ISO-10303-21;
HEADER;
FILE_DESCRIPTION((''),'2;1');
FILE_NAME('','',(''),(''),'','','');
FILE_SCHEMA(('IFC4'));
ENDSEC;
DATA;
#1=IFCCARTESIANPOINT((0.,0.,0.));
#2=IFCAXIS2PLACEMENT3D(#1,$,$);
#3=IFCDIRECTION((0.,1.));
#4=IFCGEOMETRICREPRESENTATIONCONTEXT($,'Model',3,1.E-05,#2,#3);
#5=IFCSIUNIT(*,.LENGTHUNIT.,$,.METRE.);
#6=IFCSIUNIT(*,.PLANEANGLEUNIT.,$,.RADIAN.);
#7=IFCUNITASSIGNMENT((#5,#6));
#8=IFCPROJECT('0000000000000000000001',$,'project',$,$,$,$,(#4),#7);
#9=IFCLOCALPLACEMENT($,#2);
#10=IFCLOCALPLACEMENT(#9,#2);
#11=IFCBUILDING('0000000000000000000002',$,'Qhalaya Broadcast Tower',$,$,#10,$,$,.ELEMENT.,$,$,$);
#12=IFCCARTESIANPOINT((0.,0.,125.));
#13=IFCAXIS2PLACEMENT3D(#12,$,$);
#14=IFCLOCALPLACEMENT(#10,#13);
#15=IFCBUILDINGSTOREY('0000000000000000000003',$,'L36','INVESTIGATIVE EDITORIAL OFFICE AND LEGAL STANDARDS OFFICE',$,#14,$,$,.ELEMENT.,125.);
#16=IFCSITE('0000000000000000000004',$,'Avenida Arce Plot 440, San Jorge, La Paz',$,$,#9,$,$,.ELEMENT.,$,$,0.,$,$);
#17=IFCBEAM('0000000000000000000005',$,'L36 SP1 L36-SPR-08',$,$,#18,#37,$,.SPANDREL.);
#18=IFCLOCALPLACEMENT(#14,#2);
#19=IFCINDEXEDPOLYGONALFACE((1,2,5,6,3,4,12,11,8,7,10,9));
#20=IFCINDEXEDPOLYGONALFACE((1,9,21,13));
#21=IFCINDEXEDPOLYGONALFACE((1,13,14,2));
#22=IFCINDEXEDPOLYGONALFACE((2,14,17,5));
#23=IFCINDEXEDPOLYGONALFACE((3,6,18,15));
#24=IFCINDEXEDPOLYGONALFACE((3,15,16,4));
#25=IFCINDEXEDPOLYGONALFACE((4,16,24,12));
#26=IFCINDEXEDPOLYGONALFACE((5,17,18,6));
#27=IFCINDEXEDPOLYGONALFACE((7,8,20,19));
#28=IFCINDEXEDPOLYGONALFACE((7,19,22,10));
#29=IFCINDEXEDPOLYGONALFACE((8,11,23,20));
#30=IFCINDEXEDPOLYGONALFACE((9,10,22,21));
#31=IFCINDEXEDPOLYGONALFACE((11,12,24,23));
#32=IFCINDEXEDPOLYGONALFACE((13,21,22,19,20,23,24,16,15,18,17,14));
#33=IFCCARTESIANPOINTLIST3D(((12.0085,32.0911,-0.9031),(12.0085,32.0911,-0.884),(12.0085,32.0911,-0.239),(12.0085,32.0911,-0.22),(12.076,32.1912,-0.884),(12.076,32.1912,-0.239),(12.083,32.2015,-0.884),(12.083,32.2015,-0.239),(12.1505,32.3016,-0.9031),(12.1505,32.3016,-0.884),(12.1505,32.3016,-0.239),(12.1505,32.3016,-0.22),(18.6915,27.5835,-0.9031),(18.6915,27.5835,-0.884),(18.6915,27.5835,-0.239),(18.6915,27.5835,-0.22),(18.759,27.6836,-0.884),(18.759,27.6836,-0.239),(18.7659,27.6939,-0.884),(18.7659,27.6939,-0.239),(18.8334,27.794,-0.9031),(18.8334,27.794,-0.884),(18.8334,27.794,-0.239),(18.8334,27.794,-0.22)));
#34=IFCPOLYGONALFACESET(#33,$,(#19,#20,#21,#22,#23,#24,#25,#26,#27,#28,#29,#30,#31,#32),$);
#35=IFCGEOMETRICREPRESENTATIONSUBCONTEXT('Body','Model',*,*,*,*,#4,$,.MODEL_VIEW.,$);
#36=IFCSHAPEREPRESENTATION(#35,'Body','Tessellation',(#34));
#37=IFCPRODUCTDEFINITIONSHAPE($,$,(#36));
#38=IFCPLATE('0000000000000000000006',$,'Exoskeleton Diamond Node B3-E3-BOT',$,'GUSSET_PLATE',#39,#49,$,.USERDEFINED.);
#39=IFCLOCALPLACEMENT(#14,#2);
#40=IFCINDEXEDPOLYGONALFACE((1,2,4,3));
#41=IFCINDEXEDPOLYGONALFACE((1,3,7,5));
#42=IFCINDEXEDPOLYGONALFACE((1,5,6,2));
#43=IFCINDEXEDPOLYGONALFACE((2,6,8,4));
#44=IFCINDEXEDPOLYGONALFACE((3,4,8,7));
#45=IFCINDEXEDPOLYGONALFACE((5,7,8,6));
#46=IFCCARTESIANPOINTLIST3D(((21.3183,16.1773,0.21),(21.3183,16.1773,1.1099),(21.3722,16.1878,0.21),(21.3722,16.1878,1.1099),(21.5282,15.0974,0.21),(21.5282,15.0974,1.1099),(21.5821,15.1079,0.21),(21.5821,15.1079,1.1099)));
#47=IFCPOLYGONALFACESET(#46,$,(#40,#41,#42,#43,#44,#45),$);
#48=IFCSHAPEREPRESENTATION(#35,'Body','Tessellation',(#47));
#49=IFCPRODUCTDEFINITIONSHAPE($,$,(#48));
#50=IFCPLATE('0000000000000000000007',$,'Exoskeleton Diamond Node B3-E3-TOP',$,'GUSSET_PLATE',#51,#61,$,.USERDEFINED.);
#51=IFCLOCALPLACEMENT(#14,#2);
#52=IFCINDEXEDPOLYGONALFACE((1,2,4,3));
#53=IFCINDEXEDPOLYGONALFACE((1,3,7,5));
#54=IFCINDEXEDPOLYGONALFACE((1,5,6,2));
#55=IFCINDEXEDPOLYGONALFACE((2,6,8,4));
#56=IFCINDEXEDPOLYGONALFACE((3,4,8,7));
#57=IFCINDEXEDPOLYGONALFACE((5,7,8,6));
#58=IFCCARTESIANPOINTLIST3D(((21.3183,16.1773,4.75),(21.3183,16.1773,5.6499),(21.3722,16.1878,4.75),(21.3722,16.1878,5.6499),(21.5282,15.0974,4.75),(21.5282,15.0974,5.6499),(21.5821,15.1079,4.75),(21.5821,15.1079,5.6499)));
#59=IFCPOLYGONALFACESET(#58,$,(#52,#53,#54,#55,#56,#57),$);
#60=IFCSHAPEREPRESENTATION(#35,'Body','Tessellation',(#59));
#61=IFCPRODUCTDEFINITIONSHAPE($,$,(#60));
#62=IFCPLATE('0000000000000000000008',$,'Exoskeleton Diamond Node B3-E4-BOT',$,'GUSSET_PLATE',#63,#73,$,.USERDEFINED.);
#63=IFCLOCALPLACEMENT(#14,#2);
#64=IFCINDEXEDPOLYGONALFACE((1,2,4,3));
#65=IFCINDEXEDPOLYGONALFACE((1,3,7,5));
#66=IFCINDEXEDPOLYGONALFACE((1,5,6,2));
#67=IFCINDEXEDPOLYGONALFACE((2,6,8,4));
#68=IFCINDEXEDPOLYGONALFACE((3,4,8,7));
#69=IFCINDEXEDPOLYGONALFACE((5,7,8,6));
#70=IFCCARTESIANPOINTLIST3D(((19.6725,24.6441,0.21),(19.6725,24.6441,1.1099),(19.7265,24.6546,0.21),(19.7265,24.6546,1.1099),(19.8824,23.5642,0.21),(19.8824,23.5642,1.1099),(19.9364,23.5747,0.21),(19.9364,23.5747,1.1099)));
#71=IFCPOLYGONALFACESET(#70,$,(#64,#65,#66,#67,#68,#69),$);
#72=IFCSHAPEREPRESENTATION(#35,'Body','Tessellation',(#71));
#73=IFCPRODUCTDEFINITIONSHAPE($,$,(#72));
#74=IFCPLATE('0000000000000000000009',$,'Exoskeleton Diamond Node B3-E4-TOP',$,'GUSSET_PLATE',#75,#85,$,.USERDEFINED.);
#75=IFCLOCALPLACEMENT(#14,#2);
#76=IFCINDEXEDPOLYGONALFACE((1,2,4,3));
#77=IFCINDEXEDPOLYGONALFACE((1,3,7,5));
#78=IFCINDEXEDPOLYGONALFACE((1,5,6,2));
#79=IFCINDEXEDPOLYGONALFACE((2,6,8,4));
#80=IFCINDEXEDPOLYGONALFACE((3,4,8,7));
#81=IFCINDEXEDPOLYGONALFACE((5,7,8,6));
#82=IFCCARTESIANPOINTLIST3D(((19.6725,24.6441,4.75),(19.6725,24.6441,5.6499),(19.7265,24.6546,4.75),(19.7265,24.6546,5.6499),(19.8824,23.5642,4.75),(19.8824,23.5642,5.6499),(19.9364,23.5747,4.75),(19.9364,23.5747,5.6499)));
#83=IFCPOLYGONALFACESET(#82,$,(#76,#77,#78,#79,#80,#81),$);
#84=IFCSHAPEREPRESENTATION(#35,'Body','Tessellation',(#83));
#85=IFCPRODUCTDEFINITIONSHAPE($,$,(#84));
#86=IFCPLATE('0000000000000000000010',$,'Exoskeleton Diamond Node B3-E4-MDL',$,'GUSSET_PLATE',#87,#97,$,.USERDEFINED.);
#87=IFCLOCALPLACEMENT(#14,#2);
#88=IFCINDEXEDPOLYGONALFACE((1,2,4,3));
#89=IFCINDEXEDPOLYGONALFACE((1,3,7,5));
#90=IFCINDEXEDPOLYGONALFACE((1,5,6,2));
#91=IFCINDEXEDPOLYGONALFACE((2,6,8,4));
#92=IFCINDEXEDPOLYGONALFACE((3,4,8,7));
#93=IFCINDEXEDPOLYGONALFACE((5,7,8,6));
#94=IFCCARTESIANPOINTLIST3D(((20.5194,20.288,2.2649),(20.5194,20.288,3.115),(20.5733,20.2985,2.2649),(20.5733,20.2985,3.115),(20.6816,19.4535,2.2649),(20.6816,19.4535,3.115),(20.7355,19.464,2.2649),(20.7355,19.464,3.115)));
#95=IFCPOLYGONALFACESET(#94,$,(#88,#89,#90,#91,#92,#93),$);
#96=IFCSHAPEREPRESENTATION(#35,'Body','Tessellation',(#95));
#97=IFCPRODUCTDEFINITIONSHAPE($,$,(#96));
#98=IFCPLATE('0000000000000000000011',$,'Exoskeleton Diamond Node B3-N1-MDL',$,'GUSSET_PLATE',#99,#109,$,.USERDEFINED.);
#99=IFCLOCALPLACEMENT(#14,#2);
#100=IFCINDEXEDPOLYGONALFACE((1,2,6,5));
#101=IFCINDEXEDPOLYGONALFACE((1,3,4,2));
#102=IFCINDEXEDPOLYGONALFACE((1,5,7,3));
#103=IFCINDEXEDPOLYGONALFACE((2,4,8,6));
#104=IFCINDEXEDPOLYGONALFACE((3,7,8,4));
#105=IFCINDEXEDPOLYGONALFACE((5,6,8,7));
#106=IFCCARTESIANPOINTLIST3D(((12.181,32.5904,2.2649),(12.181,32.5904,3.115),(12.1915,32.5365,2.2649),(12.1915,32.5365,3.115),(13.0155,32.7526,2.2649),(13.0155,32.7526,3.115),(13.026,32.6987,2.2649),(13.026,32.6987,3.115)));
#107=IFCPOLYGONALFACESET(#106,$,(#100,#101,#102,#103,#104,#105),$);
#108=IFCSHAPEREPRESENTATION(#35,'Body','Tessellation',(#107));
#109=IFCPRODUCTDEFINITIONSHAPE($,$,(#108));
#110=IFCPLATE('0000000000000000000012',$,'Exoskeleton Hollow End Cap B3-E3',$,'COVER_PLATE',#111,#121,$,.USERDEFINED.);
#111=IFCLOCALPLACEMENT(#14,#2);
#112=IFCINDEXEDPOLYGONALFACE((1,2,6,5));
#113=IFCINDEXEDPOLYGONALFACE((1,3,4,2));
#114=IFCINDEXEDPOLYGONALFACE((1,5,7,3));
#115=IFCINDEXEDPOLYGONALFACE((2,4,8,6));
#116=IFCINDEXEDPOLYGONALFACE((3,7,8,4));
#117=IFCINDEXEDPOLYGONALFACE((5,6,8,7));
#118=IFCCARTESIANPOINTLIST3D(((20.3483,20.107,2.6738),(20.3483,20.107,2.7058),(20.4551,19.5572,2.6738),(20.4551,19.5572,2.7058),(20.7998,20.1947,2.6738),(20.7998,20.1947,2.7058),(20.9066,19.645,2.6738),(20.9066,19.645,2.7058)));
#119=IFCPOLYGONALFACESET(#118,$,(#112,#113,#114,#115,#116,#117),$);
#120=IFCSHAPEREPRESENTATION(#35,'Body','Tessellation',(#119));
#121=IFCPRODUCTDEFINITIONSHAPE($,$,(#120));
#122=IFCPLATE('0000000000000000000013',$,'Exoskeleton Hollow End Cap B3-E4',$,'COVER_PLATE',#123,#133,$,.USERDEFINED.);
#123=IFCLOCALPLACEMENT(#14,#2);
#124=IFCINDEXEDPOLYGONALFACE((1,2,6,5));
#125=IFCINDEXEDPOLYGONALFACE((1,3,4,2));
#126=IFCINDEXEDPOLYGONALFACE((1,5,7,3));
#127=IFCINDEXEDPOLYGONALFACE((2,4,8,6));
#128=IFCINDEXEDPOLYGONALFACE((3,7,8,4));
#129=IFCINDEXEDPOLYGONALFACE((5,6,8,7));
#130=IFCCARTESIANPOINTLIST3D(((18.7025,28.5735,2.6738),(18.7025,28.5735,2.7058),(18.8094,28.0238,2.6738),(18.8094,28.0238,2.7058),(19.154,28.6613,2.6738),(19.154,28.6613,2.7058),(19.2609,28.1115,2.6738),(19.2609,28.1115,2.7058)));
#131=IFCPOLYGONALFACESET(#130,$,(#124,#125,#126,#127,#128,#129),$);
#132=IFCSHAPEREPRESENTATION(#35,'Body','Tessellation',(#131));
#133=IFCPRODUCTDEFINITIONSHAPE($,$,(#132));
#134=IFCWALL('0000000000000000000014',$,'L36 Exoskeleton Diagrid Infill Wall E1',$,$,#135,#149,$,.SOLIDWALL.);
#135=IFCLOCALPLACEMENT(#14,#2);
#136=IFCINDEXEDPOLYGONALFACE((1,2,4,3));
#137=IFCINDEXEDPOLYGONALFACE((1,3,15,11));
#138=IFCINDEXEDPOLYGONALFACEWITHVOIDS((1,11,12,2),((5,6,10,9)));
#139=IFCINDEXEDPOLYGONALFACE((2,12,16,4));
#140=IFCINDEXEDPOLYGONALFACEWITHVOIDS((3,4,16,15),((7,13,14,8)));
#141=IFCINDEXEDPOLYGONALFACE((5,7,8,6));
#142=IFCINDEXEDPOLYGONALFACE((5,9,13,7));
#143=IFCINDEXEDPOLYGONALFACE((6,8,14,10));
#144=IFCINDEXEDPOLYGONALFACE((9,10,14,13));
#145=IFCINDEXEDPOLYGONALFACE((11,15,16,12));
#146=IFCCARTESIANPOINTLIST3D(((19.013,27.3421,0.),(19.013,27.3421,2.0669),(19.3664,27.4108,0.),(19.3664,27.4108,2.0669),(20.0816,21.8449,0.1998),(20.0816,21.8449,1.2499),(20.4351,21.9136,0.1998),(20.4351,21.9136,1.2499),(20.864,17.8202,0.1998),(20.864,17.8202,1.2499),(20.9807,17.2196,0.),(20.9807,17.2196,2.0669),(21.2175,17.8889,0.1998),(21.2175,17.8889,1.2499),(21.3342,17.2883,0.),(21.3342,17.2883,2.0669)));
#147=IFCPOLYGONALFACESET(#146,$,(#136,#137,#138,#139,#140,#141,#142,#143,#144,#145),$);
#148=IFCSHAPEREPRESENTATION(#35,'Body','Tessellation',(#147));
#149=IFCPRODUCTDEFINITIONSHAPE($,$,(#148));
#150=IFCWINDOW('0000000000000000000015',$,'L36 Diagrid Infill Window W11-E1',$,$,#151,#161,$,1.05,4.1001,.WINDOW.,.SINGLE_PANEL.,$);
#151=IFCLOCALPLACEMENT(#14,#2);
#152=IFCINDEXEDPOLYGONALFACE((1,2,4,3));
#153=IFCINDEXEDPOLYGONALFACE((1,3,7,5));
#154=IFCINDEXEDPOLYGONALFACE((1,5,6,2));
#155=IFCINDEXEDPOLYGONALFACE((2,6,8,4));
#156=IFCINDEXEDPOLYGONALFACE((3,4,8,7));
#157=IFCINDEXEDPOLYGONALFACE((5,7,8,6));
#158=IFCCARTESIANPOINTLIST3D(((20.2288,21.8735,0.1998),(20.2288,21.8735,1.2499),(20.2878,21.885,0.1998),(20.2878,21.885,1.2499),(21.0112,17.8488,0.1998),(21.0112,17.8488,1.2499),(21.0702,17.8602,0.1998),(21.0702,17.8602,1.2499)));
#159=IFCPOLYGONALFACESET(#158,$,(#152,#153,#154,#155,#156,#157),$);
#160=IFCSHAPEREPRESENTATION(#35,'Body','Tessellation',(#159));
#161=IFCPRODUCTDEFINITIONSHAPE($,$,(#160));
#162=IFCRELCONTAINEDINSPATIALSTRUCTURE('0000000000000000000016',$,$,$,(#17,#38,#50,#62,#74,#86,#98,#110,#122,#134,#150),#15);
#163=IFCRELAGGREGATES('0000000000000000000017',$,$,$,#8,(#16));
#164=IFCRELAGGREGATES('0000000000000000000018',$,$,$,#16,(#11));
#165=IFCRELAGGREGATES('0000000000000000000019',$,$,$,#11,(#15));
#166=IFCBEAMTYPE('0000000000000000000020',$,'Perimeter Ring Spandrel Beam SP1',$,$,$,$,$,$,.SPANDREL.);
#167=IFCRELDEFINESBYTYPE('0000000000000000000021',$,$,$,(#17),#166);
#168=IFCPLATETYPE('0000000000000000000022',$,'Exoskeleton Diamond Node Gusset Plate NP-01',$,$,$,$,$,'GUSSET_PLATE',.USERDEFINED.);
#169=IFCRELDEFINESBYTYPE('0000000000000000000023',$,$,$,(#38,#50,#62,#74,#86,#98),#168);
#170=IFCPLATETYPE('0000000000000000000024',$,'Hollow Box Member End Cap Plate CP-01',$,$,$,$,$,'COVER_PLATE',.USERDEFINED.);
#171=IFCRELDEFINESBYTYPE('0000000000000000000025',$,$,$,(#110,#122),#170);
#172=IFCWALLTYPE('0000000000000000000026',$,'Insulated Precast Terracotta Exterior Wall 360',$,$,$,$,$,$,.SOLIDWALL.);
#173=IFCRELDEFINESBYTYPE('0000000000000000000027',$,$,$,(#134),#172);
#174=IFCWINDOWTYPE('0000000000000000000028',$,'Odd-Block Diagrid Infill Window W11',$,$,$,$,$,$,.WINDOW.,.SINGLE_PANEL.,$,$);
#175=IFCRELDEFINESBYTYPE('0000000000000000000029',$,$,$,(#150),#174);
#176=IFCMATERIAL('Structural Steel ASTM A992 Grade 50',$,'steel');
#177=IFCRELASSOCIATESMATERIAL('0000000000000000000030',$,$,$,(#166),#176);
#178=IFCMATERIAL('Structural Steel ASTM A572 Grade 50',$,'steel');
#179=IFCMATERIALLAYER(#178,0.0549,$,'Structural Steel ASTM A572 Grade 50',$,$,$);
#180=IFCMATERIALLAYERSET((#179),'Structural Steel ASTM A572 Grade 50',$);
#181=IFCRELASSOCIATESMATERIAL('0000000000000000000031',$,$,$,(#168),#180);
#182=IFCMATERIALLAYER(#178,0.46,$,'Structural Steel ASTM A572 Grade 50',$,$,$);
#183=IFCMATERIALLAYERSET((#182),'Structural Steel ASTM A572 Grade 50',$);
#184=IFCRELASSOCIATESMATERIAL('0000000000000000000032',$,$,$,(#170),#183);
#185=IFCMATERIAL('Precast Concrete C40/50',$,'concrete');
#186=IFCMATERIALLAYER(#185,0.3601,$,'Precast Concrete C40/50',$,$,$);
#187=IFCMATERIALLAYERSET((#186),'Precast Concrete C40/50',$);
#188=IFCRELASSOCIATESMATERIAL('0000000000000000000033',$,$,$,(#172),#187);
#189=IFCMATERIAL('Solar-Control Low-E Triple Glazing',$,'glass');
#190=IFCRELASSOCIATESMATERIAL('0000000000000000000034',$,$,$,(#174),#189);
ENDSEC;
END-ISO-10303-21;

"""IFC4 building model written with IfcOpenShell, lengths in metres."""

from ifc_helpers import new_model, si_unit, direction, frame, frame_2d, origin, origin_2d, place, context, subcontext, project, spatial, rectangle, i_section, extrude, material, layer, layer_set, material_profile, profile_set, type_object, element, fill, save


model = new_model("IFC4")

# Units and contexts
model_context = context("Model", 3, precision=1e-05, world=origin(), true_north=direction((0.0, 1.0)))
body_context = subcontext(model_context, "Body", "Model", "MODEL_VIEW")
ifc_project = project(units=[si_unit("LENGTHUNIT", "METRE"), si_unit("PLANEANGLEUNIT", "RADIAN")], contexts=[model_context])

# Site, building, storey
site_placement = place(None, origin())
site = spatial("IfcSite", under=ifc_project, at=site_placement, Name="Avenida Arce Plot 440, San Jorge, La Paz", CompositionType="ELEMENT", RefElevation=0.0)
building_placement = place(site_placement, origin())
building = spatial("IfcBuilding", under=site, at=building_placement, Name="Qhalaya Broadcast Tower", CompositionType="ELEMENT")
storey_placement = place(building_placement, frame((0.0, 0.0, 125.0)))
storey = spatial("IfcBuildingStorey", under=building, at=storey_placement, Name="L36", Description="INVESTIGATIVE EDITORIAL OFFICE AND LEGAL STANDARDS OFFICE", CompositionType="ELEMENT", Elevation=125.0)

# Shared definitions
ifc_material_1 = material(Name="Structural Steel ASTM A572 Grade 50", Category="steel")

# Beam
ifc_material_2 = material(Name="Structural Steel ASTM A992 Grade 50", Category="steel")
ifc_material_profile_1 = material_profile(ifc_material_2, i_section(OverallWidth=0.2539, OverallDepth=0.6831, WebThickness=0.0125, FlangeThickness=0.019, at=origin_2d()), Name="W27X94")
ifc_profile_set_1 = profile_set([ifc_material_profile_1], Name="Structural Steel ASTM A992 Grade 50")
beam_type = type_object("IfcBeamType", Name="Perimeter Ring Spandrel Beam SP1", PredefinedType="SPANDREL", material=ifc_profile_set_1)
beam_1_placement = place(storey_placement, frame((18.7625, 27.6887, -0.5615), z_axis=(-0.829042, 0.559186, 0.0), x_axis=(-0.559186, -0.829042, 0.0)))
element("IfcBeam", 1, at=beam_1_placement, inside=storey, type_object=beam_type, Name="L36 SP1 L36-SPR-08", PredefinedType="SPANDREL", context=body_context, shape_type="SweptSolid", body=[
    extrude(i_section(OverallWidth=0.2539, OverallDepth=0.6831, WebThickness=0.0125, FlangeThickness=0.019, at=origin_2d()), origin(), (0.0, 0.0, 1.0), 8.061),
])

# Plates
ifc_layer_1 = layer(ifc_material_1, 0.0549, Name="Structural Steel ASTM A572 Grade 50")
ifc_layer_set_1 = layer_set([ifc_layer_1], Name="Structural Steel ASTM A572 Grade 50")
plate_type_1 = type_object("IfcPlateType", Name="Exoskeleton Diamond Node Gusset Plate NP-01", ElementType="GUSSET_PLATE", PredefinedType="USERDEFINED", material=ifc_layer_set_1)
for number, where, z_axis, x_axis, name in (
    (2, (21.4502, 15.6426, 0.21), (0.0, 0.0, 1.0), (-0.190809, 0.981627, 0.0), "Exoskeleton Diamond Node B3-E3-BOT"),
    (3, (21.4502, 15.6426, 4.75), (0.0, 0.0, 1.0), (-0.190809, 0.981627, 0.0), "Exoskeleton Diamond Node B3-E3-TOP"),
    (4, (19.8044, 24.1094, 0.21), (0.0, 0.0, 1.0), (-0.190809, 0.981627, 0.0), "Exoskeleton Diamond Node B3-E4-BOT"),
    (5, (19.8044, 24.1094, 4.75), (0.0, 0.0, 1.0), (-0.190809, 0.981627, 0.0), "Exoskeleton Diamond Node B3-E4-TOP"),
):
    element("IfcPlate", number, at=place(storey_placement, frame(where, z_axis=z_axis, x_axis=x_axis)), inside=storey, type_object=plate_type_1, Name=name, ObjectType="GUSSET_PLATE", PredefinedType="USERDEFINED", context=body_context, shape_type="SweptSolid", body=[
        extrude(rectangle(XDim=1.1001, YDim=0.0549, at=origin_2d()), origin(), (0.0, 0.0, 1.0), 0.8999),
    ])
for number, where, z_axis, x_axis, name in (
    (6, (20.6274, 19.876, 2.2649), (0.0, 0.0, 1.0), (-0.190809, 0.981627, 0.0), "Exoskeleton Diamond Node B3-E4-MDL"),
    (7, (12.6035, 32.6445, 2.2649), (0.0, 0.0, 1.0), (0.981627, 0.190809, 0.0), "Exoskeleton Diamond Node B3-N1-MDL"),
):
    element("IfcPlate", number, at=place(storey_placement, frame(where, z_axis=z_axis, x_axis=x_axis)), inside=storey, type_object=plate_type_1, Name=name, ObjectType="GUSSET_PLATE", PredefinedType="USERDEFINED", context=body_context, shape_type="SweptSolid", body=[
        extrude(rectangle(XDim=0.8501, YDim=0.0549, at=origin_2d()), origin(), (0.0, 0.0, 1.0), 0.8501),
    ])
ifc_layer_2 = layer(ifc_material_1, 0.46, Name="Structural Steel ASTM A572 Grade 50")
ifc_layer_set_2 = layer_set([ifc_layer_2], Name="Structural Steel ASTM A572 Grade 50")
plate_type_2 = type_object("IfcPlateType", Name="Hollow Box Member End Cap Plate CP-01", ElementType="COVER_PLATE", PredefinedType="USERDEFINED", material=ifc_layer_set_2)
for number, where, z_axis, x_axis, name in (
    (8, (20.6274, 19.876, 2.6738), (0.0, 0.0, 1.0), (-0.190809, 0.981627, 0.0), "Exoskeleton Hollow End Cap B3-E3"),
    (9, (18.9817, 28.3425, 2.6738), (0.0, 0.0, 1.0), (-0.190809, 0.981627, 0.0), "Exoskeleton Hollow End Cap B3-E4"),
):
    element("IfcPlate", number, at=place(storey_placement, frame(where, z_axis=z_axis, x_axis=x_axis)), inside=storey, type_object=plate_type_2, Name=name, ObjectType="COVER_PLATE", PredefinedType="USERDEFINED", context=body_context, shape_type="SweptSolid", body=[
        extrude(rectangle(XDim=0.5601, YDim=0.46, at=origin_2d()), origin(), (0.0, 0.0, 1.0), 0.032),
    ])

# Wall, opening, window
ifc_material_3 = material(Name="Precast Concrete C40/50", Category="concrete")
ifc_layer_3 = layer(ifc_material_3, 0.3601, Name="Precast Concrete C40/50")
ifc_layer_set_3 = layer_set([ifc_layer_3], Name="Precast Concrete C40/50")
wall_type = type_object("IfcWallType", Name="Insulated Precast Terracotta Exterior Wall 360", PredefinedType="SOLIDWALL", material=ifc_layer_set_3)
wall_1_placement = place(storey_placement, frame((19.1897, 27.3765, 0.0), z_axis=(0.0, 0.0, 1.0), x_axis=(0.190823, -0.981625, 0.0)))
wall_1 = element("IfcWall", 10, at=wall_1_placement, inside=storey, type_object=wall_type, Name="L36 Exoskeleton Diagrid Infill Wall E1", PredefinedType="SOLIDWALL", context=body_context, shape_type="SweptSolid", body=[
    extrude(rectangle(XDim=10.312, YDim=0.3601, at=frame_2d((5.156, 0.0))), origin(), (0.0, 0.0, 1.0), 2.0669),
])
opening_1_placement = place(wall_1_placement, frame((5.6001, 0.0, 0.2)))
opening_1 = element("IfcOpeningElement", 11, at=opening_1_placement, cuts=wall_1, PredefinedType="OPENING", context=body_context, shape_type="SweptSolid", body=[
    extrude(rectangle(XDim=4.1001, YDim=1.05, at=frame_2d((2.05, 0.5249))), frame((0.0, 0.1921, 0.0), z_axis=(0.0, -1.0, 0.0), x_axis=(1.0, 0.0, 0.0)), (0.0, 0.0, 1.0), 0.384),
])
ifc_material_4 = material(Name="Solar-Control Low-E Triple Glazing", Category="glass")
window_type = type_object("IfcWindowType", Name="Odd-Block Diagrid Infill Window W11", PartitioningType="SINGLE_PANEL", PredefinedType="WINDOW", material=ifc_material_4)
window_1_placement = place(opening_1_placement, origin())
window_1 = element("IfcWindow", 12, at=window_1_placement, inside=storey, type_object=window_type, Name="L36 Diagrid Infill Window W11-E1", OverallHeight=1.05, OverallWidth=4.1001, PartitioningType="SINGLE_PANEL", PredefinedType="WINDOW", context=body_context, shape_type="SweptSolid", body=[
    extrude(rectangle(XDim=4.1001, YDim=1.05, at=frame_2d((2.05, 0.5249))), frame((0.0, 0.03, 0.0), z_axis=(0.0, -1.0, 0.0), x_axis=(1.0, 0.0, 0.0)), (0.0, 0.0, 1.0), 0.0601),
])
fill(opening_1, window_1)

save(model, "model.ifc")
